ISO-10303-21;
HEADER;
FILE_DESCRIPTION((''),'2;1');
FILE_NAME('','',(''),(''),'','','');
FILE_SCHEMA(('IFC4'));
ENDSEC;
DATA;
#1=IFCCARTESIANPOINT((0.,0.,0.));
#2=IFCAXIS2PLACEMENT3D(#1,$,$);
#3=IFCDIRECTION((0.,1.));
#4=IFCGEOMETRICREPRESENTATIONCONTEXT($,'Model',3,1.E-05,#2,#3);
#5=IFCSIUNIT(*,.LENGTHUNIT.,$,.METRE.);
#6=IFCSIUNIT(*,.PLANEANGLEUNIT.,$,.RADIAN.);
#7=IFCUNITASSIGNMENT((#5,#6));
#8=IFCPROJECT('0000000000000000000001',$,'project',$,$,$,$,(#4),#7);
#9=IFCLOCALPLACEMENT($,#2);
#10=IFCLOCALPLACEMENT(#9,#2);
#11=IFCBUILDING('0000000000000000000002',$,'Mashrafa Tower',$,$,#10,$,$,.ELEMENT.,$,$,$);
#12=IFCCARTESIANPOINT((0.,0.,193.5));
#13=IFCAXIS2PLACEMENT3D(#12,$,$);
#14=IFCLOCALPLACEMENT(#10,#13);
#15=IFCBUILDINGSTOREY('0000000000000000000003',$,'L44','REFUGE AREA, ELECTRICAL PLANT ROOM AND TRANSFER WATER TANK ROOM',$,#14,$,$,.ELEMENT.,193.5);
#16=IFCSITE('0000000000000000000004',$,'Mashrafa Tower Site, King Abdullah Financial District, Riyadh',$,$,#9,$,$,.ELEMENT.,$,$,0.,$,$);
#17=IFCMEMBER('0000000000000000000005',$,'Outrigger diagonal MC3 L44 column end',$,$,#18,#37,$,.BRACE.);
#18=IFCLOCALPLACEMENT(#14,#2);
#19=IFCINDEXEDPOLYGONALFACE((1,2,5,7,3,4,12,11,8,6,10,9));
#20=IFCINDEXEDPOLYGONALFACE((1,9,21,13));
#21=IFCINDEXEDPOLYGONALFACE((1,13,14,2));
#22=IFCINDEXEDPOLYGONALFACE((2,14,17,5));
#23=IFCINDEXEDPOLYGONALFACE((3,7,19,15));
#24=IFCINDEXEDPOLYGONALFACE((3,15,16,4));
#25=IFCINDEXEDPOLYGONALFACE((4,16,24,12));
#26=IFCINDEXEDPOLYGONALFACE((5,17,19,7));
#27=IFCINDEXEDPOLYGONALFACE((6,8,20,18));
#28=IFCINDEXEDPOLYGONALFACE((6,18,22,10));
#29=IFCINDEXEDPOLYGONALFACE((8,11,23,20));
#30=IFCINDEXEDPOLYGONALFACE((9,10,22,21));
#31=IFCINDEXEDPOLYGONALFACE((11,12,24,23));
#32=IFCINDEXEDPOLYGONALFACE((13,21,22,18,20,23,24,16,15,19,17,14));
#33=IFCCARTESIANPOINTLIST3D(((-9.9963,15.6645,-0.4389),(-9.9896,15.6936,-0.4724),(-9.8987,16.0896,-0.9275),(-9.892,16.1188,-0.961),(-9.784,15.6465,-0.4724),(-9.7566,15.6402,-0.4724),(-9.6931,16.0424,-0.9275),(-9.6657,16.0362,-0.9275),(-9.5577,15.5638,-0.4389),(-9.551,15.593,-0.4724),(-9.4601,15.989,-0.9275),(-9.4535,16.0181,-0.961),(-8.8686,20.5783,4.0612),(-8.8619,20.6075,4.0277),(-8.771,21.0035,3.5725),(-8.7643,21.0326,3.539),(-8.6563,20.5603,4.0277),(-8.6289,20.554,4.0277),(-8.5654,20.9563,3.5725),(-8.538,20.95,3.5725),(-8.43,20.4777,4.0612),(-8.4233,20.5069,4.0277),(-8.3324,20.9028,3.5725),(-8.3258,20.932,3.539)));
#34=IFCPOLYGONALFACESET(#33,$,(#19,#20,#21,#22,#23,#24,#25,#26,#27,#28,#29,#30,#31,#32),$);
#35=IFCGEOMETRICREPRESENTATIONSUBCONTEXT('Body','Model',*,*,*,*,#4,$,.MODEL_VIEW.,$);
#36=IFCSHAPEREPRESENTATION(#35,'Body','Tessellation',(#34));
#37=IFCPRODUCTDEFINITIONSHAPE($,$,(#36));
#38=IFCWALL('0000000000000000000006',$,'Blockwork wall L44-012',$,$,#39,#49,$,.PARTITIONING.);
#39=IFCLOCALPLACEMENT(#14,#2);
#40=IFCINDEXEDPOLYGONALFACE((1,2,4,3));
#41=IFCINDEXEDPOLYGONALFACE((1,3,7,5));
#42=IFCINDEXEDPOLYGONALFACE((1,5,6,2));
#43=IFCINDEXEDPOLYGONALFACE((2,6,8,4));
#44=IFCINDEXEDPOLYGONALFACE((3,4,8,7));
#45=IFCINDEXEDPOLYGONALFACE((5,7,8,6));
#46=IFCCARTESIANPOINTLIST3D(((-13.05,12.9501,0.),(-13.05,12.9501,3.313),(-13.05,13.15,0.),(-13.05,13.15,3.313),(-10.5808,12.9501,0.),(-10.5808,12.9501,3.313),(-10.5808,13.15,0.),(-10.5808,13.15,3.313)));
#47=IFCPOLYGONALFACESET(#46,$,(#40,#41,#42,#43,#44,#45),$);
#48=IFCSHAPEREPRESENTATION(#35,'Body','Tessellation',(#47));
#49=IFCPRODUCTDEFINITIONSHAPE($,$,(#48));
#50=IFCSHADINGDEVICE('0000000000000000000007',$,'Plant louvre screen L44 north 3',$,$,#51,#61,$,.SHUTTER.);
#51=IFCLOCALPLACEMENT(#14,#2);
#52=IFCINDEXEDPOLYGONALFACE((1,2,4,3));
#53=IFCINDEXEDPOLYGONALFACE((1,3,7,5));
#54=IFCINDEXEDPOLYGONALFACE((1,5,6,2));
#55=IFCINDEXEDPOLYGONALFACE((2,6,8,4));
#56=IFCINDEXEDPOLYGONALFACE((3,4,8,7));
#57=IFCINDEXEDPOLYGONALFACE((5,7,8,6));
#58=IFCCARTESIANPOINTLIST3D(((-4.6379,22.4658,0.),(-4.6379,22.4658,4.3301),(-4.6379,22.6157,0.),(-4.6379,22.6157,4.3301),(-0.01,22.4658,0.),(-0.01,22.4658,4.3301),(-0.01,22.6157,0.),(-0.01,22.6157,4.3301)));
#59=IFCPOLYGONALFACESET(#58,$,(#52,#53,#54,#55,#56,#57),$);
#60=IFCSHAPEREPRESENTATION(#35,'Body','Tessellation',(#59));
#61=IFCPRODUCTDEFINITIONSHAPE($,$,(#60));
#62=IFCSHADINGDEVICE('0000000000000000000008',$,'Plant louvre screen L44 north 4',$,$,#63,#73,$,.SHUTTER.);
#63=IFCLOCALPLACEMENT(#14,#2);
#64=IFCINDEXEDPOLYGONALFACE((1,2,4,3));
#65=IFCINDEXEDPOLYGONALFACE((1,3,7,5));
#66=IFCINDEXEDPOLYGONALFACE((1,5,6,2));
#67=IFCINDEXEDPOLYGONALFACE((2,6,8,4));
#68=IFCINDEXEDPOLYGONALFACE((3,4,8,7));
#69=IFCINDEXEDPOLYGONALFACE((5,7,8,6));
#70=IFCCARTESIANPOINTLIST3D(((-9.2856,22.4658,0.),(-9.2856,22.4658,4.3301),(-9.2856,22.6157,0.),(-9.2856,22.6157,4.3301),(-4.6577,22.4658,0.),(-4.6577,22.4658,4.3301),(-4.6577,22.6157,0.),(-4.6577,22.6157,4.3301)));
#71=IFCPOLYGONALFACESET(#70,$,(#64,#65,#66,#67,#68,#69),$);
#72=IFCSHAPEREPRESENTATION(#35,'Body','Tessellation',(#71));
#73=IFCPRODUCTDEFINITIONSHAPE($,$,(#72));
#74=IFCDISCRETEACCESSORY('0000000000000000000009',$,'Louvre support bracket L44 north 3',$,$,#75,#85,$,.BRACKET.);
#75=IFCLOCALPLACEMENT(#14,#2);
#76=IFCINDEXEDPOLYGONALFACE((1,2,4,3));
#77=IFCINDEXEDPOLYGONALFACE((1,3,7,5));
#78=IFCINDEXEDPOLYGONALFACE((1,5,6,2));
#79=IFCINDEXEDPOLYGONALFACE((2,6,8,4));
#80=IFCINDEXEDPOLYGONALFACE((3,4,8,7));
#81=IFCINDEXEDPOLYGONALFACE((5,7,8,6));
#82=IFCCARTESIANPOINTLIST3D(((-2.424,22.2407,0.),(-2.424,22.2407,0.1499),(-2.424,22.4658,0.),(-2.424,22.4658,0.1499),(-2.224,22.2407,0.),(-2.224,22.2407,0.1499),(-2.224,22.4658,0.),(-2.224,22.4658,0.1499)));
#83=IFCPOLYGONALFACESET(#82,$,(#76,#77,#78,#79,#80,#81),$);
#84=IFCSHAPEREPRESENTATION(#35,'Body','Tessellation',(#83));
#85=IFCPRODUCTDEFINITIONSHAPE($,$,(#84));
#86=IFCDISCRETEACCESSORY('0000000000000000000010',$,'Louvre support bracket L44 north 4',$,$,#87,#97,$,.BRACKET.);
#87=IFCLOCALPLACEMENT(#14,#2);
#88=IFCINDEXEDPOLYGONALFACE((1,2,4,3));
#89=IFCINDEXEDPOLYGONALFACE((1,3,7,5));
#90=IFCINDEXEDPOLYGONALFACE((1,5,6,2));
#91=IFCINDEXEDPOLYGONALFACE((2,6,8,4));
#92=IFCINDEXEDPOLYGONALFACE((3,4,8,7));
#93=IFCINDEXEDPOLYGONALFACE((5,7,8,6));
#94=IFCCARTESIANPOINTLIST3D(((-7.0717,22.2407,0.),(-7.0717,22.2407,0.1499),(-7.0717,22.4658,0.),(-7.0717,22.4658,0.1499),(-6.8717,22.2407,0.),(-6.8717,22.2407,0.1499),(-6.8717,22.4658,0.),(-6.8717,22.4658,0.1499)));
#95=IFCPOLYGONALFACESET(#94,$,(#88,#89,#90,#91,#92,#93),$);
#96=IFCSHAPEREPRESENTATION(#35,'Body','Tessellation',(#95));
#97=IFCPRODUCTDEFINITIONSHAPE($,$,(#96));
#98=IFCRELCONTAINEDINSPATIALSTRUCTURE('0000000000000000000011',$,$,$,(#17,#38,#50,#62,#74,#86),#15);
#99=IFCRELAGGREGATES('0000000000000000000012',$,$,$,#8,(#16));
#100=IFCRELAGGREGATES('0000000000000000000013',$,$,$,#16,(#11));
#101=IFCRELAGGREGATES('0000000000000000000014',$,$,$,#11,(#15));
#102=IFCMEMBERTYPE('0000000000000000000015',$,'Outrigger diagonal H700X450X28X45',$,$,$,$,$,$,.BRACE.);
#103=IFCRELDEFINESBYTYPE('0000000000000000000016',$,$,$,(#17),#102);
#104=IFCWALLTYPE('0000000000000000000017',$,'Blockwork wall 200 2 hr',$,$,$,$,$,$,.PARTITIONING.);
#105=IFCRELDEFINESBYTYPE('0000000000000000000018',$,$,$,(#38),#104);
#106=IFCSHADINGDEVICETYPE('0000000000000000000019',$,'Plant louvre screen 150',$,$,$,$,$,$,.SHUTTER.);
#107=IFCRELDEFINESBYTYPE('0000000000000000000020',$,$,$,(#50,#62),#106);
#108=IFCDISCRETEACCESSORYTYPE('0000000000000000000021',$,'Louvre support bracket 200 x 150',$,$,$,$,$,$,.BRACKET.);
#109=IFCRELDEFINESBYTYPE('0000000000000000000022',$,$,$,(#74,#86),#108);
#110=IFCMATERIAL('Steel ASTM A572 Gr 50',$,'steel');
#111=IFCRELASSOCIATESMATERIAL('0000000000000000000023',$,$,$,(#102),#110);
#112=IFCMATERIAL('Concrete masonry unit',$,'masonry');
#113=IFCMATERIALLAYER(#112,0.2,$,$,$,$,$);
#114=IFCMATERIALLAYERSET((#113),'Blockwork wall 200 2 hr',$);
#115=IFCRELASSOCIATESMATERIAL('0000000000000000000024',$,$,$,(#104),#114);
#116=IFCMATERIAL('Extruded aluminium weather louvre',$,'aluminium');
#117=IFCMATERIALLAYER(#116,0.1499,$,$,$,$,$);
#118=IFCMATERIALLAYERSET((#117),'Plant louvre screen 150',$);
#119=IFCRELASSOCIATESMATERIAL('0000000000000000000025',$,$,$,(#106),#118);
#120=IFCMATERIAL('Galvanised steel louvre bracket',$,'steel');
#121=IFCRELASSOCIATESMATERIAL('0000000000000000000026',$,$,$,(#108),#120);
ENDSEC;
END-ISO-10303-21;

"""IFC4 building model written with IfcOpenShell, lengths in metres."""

from ifc_helpers import new_model, si_unit, direction, frame, frame_2d, origin, origin_2d, place, context, subcontext, project, spatial, rectangle, i_section, extrude, source, transform, mapped, material, layer, layer_set, material_profile, profile_set, type_object, type_shapes, element, save


model = new_model("IFC4")

# Units and contexts
model_context = context("Model", 3, precision=1e-05, world=origin(), true_north=direction((0.0, 1.0)))
body_context = subcontext(model_context, "Body", "Model", "MODEL_VIEW")
ifc_project = project(units=[si_unit("LENGTHUNIT", "METRE"), si_unit("PLANEANGLEUNIT", "RADIAN")], contexts=[model_context])

# Site, building, storey
site_placement = place(None, origin())
site = spatial("IfcSite", under=ifc_project, at=site_placement, Name="Mashrafa Tower Site, King Abdullah Financial District, Riyadh", CompositionType="ELEMENT", RefElevation=0.0)
building_placement = place(site_placement, origin())
building = spatial("IfcBuilding", under=site, at=building_placement, Name="Mashrafa Tower", CompositionType="ELEMENT")
storey_placement = place(building_placement, frame((0.0, 0.0, 193.5)))
storey = spatial("IfcBuildingStorey", under=building, at=storey_placement, Name="L44", Description="REFUGE AREA, ELECTRICAL PLANT ROOM AND TRANSFER WATER TANK ROOM", CompositionType="ELEMENT", Elevation=193.5)

# Member
ifc_material_1 = material(Name="Steel ASTM A572 Gr 50", Category="steel")
ifc_material_profile_1 = material_profile(ifc_material_1, i_section(OverallWidth=0.45, OverallDepth=0.7, WebThickness=0.0281, FlangeThickness=0.0449, at=origin_2d()), Name="H700X450X28X45")
ifc_profile_set_1 = profile_set([ifc_material_profile_1], Name="Steel ASTM A572 Gr 50")
member_type_1 = type_object("IfcMemberType", Name="Outrigger diagonal H700X450X28X45", PredefinedType="BRACE", material=ifc_profile_set_1)
shared_shape_1 = source(origin(), body_context, "Body", "SweptSolid", [
    extrude(i_section(OverallWidth=0.45, OverallDepth=0.7, WebThickness=0.0281, FlangeThickness=0.0449, at=origin_2d()), origin(), (0.0, 0.0, 1.0), 6.7578),
])
member_1_placement = place(storey_placement, frame((-9.7249, 15.8413, -0.7), z_axis=(0.166873, 0.727137, 0.665901), x_axis=(-0.974663, 0.223678, 0.0)))
element("IfcMember", 1, at=member_1_placement, inside=storey, type_object=member_type_1, Name="Outrigger diagonal MC3 L44 column end", PredefinedType="BRACE", context=body_context, shape_type="MappedRepresentation", body=[
    mapped(shared_shape_1, transform((0.0, 0.0, 0.0))),
])

# Wall
ifc_material_2 = material(Name="Concrete masonry unit", Category="masonry")
ifc_layer_1 = layer(ifc_material_2, 0.2)
ifc_layer_set_1 = layer_set([ifc_layer_1], Name="Blockwork wall 200 2 hr")
wall_type = type_object("IfcWallType", Name="Blockwork wall 200 2 hr", PredefinedType="PARTITIONING", material=ifc_layer_set_1)
wall_placement = place(storey_placement, frame((-10.5808, 13.05, 0.0), z_axis=(0.0, 0.0, 1.0), x_axis=(-1.0, 0.0, 0.0)))
element("IfcWall", 2, at=wall_placement, inside=storey, type_object=wall_type, Name="Blockwork wall L44-012", PredefinedType="PARTITIONING", context=body_context, shape_type="SweptSolid", body=[
    extrude(rectangle(XDim=2.4692, YDim=0.2, at=frame_2d((1.2346, 0.0))), origin(), (0.0, 0.0, 1.0), 3.313),
])

# Shading devices
ifc_material_3 = material(Name="Extruded aluminium weather louvre", Category="aluminium")
ifc_layer_2 = layer(ifc_material_3, 0.1499)
ifc_layer_set_2 = layer_set([ifc_layer_2], Name="Plant louvre screen 150")
shading_device_type = type_object("IfcShadingDeviceType", Name="Plant louvre screen 150", PredefinedType="SHUTTER", material=ifc_layer_set_2)
shared_shape_2 = source(origin(), body_context, "Body", "SweptSolid", [
    extrude(rectangle(XDim=4.6279, YDim=0.1499, at=origin_2d()), origin(), (0.0, 0.0, 1.0), 4.3301),
])
type_shapes(shading_device_type, [shared_shape_2])
for number, where, z_axis, x_axis, name in (
    (3, (-2.324, 22.5408, 0.0), (0.0, 0.0, 1.0), (-1.0, 0.0, 0.0), "Plant louvre screen L44 north 3"),
    (4, (-6.9717, 22.5408, 0.0), (0.0, 0.0, 1.0), (-1.0, 0.0, 0.0), "Plant louvre screen L44 north 4"),
):
    element("IfcShadingDevice", number, at=place(storey_placement, frame(where, z_axis=z_axis, x_axis=x_axis)), inside=storey, type_object=shading_device_type, Name=name, PredefinedType="SHUTTER", context=body_context, shape_type="MappedRepresentation", body=[
        mapped(shared_shape_2, transform((0.0, 0.0, 0.0))),
    ])

# Discrete accessories
ifc_material_4 = material(Name="Galvanised steel louvre bracket", Category="steel")
discrete_accessory_type = type_object("IfcDiscreteAccessoryType", Name="Louvre support bracket 200 x 150", PredefinedType="BRACKET", material=ifc_material_4)
shared_shape_3 = source(origin(), body_context, "Body", "SweptSolid", [
    extrude(rectangle(XDim=0.2, YDim=0.2251, at=origin_2d()), origin(), (0.0, 0.0, 1.0), 0.1499),
])
type_shapes(discrete_accessory_type, [shared_shape_3])
for number, where, z_axis, x_axis, name in (
    (5, (-2.324, 22.3533, 0.0), (0.0, 0.0, 1.0), (-1.0, 0.0, 0.0), "Louvre support bracket L44 north 3"),
    (6, (-6.9717, 22.3533, 0.0), (0.0, 0.0, 1.0), (-1.0, 0.0, 0.0), "Louvre support bracket L44 north 4"),
):
    element("IfcDiscreteAccessory", number, at=place(storey_placement, frame(where, z_axis=z_axis, x_axis=x_axis)), inside=storey, type_object=discrete_accessory_type, Name=name, PredefinedType="BRACKET", context=body_context, shape_type="MappedRepresentation", body=[
        mapped(shared_shape_3, transform((0.0, 0.0, 0.0))),
    ])

save(model, "model.ifc")
